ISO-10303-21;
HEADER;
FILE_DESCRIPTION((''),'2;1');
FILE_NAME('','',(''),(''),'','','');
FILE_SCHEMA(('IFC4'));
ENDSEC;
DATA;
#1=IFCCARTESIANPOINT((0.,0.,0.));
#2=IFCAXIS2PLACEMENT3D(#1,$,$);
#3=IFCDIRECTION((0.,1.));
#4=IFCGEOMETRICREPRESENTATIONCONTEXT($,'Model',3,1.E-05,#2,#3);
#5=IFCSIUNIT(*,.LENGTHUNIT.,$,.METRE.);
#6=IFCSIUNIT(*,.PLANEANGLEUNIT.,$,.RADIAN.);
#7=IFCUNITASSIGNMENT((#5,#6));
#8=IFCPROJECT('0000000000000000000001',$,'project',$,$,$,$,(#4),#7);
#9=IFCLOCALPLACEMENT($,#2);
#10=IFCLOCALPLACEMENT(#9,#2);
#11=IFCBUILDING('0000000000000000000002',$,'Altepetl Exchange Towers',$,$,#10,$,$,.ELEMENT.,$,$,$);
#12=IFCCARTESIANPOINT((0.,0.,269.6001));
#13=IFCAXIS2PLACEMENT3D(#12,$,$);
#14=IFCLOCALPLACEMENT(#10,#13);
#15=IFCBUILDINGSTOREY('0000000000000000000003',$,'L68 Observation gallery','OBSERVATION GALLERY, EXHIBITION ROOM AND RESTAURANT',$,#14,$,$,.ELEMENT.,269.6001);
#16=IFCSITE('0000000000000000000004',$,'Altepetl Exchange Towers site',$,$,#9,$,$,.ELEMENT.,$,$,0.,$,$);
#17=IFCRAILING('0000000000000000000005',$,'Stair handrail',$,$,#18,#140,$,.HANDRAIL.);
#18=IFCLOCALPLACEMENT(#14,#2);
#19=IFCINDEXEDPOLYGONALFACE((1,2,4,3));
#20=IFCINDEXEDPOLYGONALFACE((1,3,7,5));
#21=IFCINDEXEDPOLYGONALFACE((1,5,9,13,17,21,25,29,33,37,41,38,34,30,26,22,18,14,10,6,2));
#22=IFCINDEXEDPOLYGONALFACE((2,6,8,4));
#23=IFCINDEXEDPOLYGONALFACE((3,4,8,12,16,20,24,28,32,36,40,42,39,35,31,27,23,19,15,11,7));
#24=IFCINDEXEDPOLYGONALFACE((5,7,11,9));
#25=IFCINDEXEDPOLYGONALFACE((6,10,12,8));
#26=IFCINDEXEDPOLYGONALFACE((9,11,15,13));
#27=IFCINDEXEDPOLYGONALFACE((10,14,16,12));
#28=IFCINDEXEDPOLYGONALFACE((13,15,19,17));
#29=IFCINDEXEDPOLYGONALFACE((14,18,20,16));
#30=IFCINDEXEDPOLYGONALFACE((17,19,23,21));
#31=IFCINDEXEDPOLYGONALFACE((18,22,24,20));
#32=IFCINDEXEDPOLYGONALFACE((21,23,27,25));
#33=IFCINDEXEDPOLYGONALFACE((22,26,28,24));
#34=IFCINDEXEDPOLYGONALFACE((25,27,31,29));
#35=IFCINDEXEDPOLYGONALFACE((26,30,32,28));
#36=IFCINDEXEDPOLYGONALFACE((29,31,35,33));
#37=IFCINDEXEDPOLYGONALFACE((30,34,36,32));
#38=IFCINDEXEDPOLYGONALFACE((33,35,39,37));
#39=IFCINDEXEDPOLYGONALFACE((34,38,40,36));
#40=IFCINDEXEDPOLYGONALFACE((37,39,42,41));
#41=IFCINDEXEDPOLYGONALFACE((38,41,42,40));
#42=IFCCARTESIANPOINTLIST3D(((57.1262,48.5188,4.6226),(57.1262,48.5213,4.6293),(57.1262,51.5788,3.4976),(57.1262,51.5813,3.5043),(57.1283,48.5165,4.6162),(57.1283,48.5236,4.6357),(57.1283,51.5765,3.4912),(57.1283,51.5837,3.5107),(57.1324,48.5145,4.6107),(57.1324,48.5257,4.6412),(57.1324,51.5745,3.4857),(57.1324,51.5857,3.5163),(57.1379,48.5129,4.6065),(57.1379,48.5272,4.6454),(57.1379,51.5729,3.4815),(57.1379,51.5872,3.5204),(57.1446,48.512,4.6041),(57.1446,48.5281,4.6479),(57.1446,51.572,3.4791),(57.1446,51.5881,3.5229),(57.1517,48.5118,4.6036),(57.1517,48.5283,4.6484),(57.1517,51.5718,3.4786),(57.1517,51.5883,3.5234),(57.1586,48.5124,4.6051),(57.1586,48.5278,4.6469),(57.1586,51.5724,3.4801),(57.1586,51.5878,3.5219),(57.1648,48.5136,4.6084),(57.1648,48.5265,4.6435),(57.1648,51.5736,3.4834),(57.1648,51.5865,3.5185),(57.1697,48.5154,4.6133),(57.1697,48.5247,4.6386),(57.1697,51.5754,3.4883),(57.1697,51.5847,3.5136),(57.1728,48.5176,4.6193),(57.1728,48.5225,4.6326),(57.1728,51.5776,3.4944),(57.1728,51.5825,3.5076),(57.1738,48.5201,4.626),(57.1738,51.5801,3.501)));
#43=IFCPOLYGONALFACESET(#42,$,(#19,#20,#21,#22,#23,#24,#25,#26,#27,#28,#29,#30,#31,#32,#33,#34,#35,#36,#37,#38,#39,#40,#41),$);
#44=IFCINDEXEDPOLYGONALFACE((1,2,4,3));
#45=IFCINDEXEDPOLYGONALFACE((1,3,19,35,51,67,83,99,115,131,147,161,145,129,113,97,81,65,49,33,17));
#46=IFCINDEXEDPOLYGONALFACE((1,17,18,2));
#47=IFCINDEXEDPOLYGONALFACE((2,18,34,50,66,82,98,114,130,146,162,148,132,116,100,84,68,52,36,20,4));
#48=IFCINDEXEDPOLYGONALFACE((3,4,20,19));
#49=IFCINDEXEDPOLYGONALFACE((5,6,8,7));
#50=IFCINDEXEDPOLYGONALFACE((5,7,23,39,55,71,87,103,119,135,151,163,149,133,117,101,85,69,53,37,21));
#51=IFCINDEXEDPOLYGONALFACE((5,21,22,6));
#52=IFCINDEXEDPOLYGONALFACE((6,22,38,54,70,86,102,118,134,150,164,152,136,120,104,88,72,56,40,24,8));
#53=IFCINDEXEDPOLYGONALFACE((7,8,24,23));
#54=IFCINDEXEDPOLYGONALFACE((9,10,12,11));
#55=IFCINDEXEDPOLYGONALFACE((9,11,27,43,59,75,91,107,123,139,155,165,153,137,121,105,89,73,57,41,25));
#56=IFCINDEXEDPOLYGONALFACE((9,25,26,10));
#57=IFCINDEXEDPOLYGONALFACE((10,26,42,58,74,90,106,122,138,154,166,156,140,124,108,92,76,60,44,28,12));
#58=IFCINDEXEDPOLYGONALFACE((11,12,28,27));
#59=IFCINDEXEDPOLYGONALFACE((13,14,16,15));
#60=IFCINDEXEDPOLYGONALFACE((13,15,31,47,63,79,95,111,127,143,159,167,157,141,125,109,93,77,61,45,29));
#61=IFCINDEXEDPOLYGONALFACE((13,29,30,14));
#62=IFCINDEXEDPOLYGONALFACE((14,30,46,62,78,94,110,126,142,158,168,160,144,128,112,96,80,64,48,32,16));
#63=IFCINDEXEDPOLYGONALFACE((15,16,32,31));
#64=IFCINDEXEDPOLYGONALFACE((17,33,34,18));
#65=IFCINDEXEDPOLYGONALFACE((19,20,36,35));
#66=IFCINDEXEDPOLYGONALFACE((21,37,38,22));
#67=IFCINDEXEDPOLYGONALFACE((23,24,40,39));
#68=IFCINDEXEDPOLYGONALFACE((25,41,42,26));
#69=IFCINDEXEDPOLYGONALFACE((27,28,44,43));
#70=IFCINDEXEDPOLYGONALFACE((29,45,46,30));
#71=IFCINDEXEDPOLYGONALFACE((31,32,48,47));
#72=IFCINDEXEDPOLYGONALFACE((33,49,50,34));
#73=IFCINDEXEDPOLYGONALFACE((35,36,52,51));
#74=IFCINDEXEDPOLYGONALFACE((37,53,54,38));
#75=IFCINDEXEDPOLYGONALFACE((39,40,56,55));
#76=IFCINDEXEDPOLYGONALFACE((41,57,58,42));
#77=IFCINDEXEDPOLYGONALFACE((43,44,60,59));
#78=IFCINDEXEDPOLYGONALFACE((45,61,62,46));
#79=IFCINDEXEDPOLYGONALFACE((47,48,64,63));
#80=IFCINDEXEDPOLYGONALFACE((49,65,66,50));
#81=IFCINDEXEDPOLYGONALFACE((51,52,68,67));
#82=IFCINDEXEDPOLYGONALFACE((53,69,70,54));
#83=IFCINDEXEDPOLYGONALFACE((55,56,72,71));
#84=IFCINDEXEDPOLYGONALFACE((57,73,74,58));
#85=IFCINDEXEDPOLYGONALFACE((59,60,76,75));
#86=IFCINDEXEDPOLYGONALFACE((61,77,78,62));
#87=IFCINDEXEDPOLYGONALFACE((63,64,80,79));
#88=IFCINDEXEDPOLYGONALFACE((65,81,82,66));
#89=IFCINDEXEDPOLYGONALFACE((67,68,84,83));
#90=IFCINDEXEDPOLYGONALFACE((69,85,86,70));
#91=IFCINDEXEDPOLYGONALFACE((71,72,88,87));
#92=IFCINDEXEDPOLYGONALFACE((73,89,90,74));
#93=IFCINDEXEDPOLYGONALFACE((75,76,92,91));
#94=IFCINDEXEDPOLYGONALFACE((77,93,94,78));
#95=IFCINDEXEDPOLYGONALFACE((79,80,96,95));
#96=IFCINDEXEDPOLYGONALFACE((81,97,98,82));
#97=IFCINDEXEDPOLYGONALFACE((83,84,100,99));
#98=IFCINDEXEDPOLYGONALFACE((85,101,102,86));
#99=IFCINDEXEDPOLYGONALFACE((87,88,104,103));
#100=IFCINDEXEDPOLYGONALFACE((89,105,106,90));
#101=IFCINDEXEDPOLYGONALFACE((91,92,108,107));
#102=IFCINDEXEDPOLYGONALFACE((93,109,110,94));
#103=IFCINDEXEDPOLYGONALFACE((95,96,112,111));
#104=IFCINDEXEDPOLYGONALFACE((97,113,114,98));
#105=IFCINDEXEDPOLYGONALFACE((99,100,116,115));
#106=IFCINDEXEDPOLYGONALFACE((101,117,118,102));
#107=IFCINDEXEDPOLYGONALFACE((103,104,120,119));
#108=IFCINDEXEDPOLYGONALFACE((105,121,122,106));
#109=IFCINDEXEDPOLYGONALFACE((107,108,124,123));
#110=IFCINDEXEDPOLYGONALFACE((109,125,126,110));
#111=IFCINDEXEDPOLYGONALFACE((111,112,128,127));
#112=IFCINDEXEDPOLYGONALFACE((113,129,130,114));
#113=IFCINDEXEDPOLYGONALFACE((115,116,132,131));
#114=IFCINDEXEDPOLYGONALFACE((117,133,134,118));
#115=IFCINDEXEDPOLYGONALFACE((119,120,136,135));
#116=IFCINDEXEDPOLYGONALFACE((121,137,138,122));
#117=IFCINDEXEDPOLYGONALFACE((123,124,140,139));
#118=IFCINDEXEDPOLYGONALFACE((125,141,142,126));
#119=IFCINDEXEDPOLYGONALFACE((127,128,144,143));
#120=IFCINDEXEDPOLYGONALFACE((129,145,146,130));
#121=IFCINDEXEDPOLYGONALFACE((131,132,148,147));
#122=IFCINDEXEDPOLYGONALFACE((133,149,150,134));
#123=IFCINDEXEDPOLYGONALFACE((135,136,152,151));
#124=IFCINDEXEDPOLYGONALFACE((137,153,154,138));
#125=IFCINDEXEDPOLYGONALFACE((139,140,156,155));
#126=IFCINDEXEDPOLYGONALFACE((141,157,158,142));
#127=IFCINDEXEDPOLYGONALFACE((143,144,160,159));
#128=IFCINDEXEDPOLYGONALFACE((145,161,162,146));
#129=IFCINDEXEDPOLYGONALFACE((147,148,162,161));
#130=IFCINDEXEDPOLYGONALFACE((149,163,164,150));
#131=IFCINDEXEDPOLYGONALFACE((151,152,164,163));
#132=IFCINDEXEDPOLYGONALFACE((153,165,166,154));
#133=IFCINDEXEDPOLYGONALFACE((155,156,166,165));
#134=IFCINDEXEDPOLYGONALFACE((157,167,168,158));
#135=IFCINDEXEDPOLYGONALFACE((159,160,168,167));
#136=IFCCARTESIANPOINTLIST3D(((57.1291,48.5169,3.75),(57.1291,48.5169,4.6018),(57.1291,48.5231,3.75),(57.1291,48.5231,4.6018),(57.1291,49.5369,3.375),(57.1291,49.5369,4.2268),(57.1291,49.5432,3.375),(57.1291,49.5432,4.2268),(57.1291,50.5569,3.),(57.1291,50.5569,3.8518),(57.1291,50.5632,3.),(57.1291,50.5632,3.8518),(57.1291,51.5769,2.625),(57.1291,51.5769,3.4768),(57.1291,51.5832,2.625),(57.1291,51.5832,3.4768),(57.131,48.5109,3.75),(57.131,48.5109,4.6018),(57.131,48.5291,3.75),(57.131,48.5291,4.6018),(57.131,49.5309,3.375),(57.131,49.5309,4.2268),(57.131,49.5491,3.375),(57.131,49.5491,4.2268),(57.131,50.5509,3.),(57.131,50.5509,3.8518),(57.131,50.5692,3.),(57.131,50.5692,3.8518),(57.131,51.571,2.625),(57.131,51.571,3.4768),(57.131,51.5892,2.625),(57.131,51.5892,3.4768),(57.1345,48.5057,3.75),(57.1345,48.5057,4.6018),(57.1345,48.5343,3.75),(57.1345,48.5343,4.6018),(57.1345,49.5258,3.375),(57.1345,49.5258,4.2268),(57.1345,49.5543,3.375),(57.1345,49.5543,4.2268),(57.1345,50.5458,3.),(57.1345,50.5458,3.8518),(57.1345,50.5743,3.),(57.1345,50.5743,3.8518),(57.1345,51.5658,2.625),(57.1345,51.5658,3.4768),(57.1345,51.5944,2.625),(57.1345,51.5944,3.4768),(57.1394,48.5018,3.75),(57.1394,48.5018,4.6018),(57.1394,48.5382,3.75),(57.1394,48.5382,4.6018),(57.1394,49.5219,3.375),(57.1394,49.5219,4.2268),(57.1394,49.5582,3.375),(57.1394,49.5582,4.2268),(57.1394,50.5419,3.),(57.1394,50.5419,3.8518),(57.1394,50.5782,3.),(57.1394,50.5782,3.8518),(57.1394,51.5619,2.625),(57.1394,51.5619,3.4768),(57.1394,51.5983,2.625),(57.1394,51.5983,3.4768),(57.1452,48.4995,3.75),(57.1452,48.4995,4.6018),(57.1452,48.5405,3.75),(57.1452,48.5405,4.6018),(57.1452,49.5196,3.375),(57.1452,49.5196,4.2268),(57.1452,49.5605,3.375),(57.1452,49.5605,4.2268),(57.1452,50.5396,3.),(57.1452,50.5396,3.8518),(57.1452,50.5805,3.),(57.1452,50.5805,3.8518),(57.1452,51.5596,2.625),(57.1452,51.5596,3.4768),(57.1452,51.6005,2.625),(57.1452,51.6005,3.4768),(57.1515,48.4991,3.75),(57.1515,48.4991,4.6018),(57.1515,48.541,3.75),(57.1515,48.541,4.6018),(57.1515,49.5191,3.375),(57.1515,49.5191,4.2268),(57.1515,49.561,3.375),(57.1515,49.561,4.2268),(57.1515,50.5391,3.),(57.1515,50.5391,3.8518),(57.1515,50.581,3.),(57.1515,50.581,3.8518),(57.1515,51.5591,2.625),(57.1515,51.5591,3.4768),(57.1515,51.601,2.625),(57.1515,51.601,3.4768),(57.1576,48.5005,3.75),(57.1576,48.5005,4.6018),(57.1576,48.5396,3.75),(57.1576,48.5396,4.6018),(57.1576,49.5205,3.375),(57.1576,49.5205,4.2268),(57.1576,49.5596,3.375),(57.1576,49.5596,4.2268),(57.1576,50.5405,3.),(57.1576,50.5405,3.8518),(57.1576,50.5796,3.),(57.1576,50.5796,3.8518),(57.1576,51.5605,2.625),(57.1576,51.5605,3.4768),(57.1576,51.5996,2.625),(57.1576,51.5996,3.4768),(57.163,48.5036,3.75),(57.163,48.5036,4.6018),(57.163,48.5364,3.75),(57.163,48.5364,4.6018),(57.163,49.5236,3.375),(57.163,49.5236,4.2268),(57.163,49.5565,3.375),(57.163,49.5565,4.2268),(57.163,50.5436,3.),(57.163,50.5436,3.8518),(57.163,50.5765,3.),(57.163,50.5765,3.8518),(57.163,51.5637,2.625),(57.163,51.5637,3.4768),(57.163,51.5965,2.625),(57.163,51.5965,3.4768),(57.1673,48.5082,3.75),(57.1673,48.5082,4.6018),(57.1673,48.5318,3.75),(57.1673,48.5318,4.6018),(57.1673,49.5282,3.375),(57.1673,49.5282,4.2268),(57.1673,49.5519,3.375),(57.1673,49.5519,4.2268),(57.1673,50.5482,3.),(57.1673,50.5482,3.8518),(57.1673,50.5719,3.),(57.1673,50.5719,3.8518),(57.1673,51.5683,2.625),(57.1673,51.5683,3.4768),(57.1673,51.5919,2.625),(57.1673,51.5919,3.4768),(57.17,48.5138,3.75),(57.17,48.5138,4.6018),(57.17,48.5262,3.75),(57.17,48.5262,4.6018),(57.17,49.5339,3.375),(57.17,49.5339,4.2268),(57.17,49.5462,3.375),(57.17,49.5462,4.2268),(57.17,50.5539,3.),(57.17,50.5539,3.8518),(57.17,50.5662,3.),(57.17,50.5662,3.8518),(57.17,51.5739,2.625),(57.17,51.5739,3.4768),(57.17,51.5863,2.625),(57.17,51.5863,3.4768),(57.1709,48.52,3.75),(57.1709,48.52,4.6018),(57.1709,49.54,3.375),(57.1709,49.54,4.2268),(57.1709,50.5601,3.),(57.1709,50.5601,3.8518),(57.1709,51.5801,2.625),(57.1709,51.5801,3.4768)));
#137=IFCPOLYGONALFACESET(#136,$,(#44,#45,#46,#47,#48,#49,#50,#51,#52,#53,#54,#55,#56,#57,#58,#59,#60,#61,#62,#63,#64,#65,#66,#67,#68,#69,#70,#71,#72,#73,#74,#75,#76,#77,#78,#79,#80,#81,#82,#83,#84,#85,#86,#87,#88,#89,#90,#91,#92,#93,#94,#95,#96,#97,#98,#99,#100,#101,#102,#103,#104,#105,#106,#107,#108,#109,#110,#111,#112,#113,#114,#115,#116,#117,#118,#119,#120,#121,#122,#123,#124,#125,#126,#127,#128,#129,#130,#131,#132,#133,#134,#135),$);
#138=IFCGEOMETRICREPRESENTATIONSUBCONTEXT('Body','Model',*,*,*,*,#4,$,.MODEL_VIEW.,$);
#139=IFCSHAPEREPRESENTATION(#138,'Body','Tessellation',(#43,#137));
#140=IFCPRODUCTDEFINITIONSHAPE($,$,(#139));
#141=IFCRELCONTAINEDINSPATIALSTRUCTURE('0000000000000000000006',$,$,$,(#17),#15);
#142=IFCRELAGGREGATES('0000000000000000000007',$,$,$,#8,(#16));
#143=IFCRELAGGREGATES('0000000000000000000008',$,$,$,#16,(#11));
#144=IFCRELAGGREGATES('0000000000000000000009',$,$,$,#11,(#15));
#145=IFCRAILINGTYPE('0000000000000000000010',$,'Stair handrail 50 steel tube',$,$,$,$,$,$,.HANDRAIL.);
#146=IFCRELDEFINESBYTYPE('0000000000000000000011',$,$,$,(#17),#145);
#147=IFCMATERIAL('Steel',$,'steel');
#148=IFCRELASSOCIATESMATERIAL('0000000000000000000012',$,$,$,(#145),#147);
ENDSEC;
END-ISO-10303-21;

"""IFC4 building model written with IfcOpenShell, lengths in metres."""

from ifc_helpers import new_model, si_unit, direction, frame, origin, origin_2d, place, context, subcontext, project, spatial, circle, extrude, source, transform, mapped, material, type_object, element, save


model = new_model("IFC4")

# Units and contexts
model_context = context("Model", 3, precision=1e-05, world=origin(), true_north=direction((0.0, 1.0)))
body_context = subcontext(model_context, "Body", "Model", "MODEL_VIEW")
ifc_project = project(units=[si_unit("LENGTHUNIT", "METRE"), si_unit("PLANEANGLEUNIT", "RADIAN")], contexts=[model_context])

# Site, building, storey
site_placement = place(None, origin())
site = spatial("IfcSite", under=ifc_project, at=site_placement, Name="Altepetl Exchange Towers site", CompositionType="ELEMENT", RefElevation=0.0)
building_placement = place(site_placement, origin())
building = spatial("IfcBuilding", under=site, at=building_placement, Name="Altepetl Exchange Towers", CompositionType="ELEMENT")
storey_placement = place(building_placement, frame((0.0, 0.0, 269.6001)))
storey = spatial("IfcBuildingStorey", under=building, at=storey_placement, Name="L68 Observation gallery", Description="OBSERVATION GALLERY, EXHIBITION ROOM AND RESTAURANT", CompositionType="ELEMENT", Elevation=269.6001)

# Railing
ifc_material_1 = material(Name="Steel", Category="steel")
railing_type = type_object("IfcRailingType", Name="Stair handrail 50 steel tube", PredefinedType="HANDRAIL", material=ifc_material_1)
shared_shape = source(origin(), body_context, "Body", "SweptSolid", [
    extrude(circle(Radius=0.021, at=origin_2d()), origin(), (0.0, 0.0, 1.0), 0.8518),
])
for number, where, name in (
    (1, (57.1499, 51.5801, 2.625), "Stair handrail"),
):
    element("IfcRailing", number, at=place(storey_placement, frame(where)), inside=storey, type_object=railing_type, Name=name, PredefinedType="HANDRAIL", context=body_context, shape_type="SweptSolid", body=[
        extrude(circle(Radius=0.0239, at=origin_2d()), frame((0.0, 0.0, 0.876), z_axis=(0.0, -0.938581, 0.34506), x_axis=(1.0, 0.0, 0.0)), (0.0, 0.0, 1.0), 3.2603),
        mapped(shared_shape, transform((0.0, 0.0, 0.0))),
        mapped(shared_shape, transform((0.0, -1.02, 0.375))),
        mapped(shared_shape, transform((0.0, -2.04, 0.75))),
        mapped(shared_shape, transform((0.0, -3.0601, 1.125))),
    ])

save(model, "model.ifc")
